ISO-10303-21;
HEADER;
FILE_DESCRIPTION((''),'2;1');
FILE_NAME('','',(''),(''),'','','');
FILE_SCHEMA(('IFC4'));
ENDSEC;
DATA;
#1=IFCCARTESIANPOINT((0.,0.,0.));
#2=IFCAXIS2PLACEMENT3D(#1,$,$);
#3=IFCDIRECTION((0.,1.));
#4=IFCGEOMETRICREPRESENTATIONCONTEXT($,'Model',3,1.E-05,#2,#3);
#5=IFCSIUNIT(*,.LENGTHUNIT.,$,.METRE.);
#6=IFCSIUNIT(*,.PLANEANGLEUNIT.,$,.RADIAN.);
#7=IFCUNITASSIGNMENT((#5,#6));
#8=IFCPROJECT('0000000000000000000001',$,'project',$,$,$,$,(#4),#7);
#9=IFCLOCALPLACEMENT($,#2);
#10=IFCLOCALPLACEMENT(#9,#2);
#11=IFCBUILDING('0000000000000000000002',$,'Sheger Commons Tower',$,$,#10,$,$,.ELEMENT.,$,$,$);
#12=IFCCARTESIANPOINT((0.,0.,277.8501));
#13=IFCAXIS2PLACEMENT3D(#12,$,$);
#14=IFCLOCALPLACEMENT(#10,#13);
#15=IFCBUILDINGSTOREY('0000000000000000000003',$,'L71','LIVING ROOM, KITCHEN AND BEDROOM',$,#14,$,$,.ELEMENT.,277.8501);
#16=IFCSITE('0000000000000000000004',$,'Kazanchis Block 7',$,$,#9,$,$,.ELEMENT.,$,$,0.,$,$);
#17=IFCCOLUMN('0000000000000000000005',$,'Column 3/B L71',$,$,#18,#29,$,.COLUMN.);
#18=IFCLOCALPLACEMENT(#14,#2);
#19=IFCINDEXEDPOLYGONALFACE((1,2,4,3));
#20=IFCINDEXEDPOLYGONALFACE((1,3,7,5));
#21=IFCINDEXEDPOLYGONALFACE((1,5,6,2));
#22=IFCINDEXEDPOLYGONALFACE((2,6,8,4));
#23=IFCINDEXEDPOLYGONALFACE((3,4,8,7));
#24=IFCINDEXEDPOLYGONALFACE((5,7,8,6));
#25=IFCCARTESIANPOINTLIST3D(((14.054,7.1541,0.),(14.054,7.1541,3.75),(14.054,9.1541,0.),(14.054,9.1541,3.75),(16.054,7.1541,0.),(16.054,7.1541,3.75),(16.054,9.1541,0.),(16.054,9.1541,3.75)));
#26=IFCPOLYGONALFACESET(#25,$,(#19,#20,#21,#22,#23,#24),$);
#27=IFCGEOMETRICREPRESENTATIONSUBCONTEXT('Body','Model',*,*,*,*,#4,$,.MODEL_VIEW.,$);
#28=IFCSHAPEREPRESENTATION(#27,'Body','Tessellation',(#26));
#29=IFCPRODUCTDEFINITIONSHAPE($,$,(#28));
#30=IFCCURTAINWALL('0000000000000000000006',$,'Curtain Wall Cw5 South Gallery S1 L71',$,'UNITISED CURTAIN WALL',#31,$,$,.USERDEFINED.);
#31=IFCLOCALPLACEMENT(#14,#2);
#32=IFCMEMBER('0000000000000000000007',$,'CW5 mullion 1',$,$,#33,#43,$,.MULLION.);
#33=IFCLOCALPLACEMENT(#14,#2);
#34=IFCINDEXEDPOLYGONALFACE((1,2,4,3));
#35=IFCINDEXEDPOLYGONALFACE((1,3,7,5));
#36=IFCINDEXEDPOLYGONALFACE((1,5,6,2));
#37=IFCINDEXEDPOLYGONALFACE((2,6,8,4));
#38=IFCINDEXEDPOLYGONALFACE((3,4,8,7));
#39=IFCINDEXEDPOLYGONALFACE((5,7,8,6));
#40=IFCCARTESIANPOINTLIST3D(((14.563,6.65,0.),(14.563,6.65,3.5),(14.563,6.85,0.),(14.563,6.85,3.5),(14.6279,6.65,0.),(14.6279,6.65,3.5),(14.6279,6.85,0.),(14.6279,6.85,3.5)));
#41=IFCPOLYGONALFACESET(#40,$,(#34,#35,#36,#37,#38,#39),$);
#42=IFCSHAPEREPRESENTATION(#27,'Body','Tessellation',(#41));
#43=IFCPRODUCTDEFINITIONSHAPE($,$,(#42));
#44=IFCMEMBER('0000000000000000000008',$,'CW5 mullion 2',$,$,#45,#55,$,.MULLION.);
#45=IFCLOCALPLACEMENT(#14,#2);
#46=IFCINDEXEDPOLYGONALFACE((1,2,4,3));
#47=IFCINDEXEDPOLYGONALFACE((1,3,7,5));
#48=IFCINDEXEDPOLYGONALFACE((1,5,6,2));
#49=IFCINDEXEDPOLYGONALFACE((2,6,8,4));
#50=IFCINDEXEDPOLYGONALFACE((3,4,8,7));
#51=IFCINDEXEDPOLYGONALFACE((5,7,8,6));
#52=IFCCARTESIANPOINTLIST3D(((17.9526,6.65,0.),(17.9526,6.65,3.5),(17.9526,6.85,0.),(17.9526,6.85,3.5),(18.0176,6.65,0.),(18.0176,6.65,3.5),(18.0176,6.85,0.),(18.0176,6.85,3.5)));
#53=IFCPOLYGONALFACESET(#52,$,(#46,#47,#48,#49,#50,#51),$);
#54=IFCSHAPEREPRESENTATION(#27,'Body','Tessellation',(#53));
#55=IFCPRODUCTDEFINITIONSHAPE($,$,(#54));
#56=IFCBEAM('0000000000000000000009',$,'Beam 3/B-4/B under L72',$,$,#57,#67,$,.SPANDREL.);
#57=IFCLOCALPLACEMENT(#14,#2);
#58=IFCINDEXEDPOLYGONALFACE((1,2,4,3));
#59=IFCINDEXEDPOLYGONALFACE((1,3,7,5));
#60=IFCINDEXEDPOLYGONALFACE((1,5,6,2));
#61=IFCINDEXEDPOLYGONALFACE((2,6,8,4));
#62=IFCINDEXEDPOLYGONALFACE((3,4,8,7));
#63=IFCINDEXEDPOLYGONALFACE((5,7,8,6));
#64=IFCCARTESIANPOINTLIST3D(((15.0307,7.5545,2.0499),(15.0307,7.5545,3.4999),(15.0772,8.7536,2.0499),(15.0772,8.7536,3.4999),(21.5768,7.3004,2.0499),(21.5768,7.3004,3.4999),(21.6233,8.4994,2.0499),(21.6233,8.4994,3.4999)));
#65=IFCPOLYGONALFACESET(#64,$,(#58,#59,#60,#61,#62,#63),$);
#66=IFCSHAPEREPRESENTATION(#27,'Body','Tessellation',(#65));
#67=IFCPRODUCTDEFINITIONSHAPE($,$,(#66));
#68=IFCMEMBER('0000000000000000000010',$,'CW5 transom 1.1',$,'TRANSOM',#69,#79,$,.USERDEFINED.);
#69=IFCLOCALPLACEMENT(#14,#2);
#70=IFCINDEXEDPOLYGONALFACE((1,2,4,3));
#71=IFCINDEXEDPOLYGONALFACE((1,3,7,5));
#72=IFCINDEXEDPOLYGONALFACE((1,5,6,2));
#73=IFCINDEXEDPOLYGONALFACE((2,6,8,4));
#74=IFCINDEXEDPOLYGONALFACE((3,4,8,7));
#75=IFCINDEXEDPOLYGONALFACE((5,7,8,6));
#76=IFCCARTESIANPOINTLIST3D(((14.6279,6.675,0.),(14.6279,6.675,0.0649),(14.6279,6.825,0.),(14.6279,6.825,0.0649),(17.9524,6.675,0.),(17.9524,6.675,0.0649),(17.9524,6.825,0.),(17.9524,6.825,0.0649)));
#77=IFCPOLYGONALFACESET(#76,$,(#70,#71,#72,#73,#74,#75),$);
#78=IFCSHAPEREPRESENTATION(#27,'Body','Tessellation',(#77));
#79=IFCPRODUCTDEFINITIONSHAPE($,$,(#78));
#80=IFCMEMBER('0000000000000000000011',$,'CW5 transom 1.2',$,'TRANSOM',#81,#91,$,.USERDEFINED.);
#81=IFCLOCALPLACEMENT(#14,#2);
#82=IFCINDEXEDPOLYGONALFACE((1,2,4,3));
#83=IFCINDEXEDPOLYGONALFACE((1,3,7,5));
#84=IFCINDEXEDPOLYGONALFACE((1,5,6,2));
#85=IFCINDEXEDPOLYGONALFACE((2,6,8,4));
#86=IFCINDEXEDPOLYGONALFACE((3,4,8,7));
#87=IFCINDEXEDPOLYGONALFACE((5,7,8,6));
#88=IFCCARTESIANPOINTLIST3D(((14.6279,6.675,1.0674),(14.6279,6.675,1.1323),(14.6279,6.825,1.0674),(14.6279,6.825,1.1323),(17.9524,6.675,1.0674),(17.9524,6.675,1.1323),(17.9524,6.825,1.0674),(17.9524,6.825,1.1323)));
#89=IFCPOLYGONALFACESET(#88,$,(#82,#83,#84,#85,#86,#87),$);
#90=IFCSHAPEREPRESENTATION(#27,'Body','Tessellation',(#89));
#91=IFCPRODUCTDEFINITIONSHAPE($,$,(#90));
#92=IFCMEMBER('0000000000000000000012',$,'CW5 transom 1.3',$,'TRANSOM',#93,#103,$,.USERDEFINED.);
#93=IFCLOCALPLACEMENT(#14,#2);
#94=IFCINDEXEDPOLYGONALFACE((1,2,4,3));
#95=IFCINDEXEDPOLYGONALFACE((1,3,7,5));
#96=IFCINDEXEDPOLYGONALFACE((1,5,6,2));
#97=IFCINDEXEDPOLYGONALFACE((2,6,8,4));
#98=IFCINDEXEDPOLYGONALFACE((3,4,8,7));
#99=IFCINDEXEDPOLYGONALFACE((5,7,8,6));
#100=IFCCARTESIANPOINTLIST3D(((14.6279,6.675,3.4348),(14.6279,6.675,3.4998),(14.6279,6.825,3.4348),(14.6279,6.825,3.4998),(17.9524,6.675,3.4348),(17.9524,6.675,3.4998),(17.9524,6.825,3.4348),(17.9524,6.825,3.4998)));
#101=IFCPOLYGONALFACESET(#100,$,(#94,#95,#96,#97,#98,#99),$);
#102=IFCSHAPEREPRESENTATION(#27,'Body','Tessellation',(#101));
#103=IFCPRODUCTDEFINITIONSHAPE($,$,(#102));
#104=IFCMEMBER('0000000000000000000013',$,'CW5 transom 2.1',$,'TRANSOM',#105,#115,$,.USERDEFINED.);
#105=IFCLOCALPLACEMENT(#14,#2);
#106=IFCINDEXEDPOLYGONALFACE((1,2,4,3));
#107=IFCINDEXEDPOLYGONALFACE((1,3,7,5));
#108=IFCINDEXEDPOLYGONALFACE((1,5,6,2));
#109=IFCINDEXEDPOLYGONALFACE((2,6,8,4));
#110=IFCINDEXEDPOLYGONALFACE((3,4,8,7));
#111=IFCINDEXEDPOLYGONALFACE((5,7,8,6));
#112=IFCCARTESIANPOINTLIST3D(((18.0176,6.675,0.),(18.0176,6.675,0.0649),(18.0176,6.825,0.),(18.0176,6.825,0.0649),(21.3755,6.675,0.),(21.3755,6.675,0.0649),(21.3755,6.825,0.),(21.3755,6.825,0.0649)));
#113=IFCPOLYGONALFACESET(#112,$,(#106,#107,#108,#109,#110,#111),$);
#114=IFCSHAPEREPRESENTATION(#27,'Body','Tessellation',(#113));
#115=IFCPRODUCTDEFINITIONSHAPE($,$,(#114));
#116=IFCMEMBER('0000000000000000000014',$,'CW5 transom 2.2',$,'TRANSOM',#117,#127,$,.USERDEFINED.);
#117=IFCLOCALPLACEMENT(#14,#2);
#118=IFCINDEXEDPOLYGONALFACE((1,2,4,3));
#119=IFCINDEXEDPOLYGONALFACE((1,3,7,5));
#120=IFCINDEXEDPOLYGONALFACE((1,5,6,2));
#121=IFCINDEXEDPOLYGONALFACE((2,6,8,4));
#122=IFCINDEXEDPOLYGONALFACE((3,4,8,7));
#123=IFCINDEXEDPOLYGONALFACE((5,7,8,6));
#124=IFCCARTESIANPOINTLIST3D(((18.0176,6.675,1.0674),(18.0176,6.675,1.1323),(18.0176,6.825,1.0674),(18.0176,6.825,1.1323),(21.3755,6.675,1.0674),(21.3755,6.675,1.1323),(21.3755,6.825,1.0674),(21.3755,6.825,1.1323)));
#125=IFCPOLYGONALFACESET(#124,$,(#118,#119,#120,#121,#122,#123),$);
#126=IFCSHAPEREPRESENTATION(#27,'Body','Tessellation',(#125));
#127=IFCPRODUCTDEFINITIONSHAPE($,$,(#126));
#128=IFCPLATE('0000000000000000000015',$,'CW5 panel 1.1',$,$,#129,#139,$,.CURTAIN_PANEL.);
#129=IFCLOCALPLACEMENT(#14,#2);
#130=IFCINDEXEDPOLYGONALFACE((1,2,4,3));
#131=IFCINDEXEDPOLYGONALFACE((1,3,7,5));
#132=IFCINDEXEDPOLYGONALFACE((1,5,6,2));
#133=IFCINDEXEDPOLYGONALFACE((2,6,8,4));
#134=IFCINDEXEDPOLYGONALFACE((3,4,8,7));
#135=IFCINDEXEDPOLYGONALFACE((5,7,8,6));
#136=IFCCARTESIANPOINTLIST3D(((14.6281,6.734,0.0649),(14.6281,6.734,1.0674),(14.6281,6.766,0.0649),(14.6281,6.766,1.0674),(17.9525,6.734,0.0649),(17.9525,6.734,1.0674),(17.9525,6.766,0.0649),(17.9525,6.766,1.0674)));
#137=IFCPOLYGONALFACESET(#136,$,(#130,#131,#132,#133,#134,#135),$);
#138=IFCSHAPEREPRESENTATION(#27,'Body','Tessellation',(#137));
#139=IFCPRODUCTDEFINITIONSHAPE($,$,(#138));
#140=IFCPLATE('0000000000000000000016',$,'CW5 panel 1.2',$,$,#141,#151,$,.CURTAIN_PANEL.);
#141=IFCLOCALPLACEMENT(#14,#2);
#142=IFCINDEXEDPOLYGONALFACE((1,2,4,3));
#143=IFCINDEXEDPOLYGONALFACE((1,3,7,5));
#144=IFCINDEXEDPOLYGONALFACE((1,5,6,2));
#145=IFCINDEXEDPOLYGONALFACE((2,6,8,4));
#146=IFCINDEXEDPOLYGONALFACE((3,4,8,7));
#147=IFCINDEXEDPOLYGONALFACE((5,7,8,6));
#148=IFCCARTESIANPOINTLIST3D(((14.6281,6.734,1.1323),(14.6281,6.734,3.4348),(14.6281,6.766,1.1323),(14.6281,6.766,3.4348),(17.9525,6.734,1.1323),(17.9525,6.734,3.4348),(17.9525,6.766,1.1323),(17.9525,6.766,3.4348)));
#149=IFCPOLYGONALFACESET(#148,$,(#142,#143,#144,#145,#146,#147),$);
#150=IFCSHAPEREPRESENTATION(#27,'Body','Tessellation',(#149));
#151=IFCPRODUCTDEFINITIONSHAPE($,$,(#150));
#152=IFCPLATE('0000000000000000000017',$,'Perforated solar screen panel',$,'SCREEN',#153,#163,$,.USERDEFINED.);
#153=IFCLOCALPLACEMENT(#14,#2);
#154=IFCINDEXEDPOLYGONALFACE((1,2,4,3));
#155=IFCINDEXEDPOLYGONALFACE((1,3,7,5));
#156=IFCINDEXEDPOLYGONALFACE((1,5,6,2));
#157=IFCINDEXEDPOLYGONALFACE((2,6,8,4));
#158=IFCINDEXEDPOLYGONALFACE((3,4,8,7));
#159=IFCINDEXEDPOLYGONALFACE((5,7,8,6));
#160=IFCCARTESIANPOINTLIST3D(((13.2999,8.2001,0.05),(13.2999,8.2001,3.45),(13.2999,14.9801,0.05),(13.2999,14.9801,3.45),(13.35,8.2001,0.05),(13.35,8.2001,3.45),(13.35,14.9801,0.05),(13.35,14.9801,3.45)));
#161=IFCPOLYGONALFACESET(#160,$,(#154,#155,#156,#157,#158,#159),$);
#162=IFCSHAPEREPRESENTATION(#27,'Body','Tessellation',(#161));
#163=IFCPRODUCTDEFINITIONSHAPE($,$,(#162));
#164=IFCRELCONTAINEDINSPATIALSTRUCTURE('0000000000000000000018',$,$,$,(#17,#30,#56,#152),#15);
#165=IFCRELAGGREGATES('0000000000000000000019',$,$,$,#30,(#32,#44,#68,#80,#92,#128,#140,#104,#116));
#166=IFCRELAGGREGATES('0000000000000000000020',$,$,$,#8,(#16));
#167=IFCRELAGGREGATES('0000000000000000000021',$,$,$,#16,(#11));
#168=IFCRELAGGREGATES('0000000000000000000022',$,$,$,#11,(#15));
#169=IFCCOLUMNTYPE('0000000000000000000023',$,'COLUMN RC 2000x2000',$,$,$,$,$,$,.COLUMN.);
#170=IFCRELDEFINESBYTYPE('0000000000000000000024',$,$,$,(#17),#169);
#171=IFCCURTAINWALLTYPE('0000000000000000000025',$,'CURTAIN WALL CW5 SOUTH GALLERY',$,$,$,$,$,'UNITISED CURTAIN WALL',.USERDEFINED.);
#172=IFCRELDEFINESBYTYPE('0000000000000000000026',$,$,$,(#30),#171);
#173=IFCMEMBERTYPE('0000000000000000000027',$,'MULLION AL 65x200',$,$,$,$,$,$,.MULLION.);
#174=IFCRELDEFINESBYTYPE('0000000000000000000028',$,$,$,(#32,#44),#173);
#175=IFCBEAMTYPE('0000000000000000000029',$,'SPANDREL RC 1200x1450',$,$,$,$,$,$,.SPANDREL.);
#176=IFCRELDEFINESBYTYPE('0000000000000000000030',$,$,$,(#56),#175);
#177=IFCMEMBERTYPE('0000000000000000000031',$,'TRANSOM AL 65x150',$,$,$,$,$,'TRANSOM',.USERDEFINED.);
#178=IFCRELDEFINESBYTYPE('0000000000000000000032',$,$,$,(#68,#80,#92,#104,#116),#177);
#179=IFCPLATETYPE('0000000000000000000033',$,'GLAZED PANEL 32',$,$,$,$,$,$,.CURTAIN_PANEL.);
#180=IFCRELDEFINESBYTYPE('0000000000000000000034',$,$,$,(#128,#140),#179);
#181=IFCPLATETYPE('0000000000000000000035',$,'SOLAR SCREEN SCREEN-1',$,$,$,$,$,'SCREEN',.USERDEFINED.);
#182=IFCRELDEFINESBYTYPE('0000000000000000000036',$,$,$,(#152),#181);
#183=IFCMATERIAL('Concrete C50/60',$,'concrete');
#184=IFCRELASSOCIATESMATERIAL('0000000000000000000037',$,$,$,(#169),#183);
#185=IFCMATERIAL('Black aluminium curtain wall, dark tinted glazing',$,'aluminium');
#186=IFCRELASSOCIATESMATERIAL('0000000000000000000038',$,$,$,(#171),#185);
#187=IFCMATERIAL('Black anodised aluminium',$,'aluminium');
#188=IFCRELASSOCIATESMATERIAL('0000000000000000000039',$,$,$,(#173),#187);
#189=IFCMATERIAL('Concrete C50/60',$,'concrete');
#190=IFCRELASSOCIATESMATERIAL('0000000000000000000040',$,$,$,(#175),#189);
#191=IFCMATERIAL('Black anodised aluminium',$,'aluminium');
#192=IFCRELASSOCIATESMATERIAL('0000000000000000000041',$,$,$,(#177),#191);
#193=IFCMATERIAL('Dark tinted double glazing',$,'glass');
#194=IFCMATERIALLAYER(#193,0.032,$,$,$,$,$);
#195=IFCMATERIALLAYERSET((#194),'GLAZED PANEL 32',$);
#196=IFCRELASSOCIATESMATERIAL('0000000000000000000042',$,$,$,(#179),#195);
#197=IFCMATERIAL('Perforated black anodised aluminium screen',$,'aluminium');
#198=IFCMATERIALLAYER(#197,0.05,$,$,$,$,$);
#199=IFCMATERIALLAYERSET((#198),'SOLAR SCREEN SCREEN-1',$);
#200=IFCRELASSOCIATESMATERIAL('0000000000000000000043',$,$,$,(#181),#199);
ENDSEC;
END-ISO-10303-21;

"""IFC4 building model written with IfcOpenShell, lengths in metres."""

from ifc_helpers import new_model, si_unit, direction, frame, origin, origin_2d, place, context, subcontext, project, spatial, rectangle, extrude, material, layer, layer_set, material_profile, profile_set, type_object, element, aggregate, save


model = new_model("IFC4")

# Units and contexts
model_context = context("Model", 3, precision=1e-05, world=origin(), true_north=direction((0.0, 1.0)))
body_context = subcontext(model_context, "Body", "Model", "MODEL_VIEW")
ifc_project = project(units=[si_unit("LENGTHUNIT", "METRE"), si_unit("PLANEANGLEUNIT", "RADIAN")], contexts=[model_context])

# Site, building, storey
site_placement = place(None, origin())
site = spatial("IfcSite", under=ifc_project, at=site_placement, Name="Kazanchis Block 7", CompositionType="ELEMENT", RefElevation=0.0)
building_placement = place(site_placement, origin())
building = spatial("IfcBuilding", under=site, at=building_placement, Name="Sheger Commons Tower", CompositionType="ELEMENT")
storey_placement = place(building_placement, frame((0.0, 0.0, 277.8501)))
storey = spatial("IfcBuildingStorey", under=building, at=storey_placement, Name="L71", Description="LIVING ROOM, KITCHEN AND BEDROOM", CompositionType="ELEMENT", Elevation=277.8501)

# Column
ifc_material_1 = material(Name="Concrete C50/60", Category="concrete")
ifc_material_profile_1 = material_profile(ifc_material_1, rectangle(XDim=2.0, YDim=2.0, at=origin_2d()), Name="RC 2000x2000")
ifc_profile_set_1 = profile_set([ifc_material_profile_1], Name="Concrete C50/60")
column_type = type_object("IfcColumnType", Name="COLUMN RC 2000x2000", PredefinedType="COLUMN", material=ifc_profile_set_1)
column_placement = place(storey_placement, frame((15.054, 8.1541, 0.0), z_axis=(0.0, 0.0, 1.0), x_axis=(1.0, 0.0, 0.0)))
element("IfcColumn", 1, at=column_placement, inside=storey, type_object=column_type, Name="Column 3/B L71", PredefinedType="COLUMN", context=body_context, shape_type="SweptSolid", body=[
    extrude(rectangle(XDim=2.0, YDim=2.0, at=origin_2d()), origin(), (0.0, 0.0, 1.0), 3.75),
])

# Curtain wall, members
ifc_material_2 = material(Name="Black aluminium curtain wall, dark tinted glazing", Category="aluminium")
curtain_wall_type = type_object("IfcCurtainWallType", Name="CURTAIN WALL CW5 SOUTH GALLERY", ElementType="UNITISED CURTAIN WALL", PredefinedType="USERDEFINED", material=ifc_material_2)
curtain_wall_placement = place(storey_placement, origin())
curtain_wall = element("IfcCurtainWall", 2, at=curtain_wall_placement, inside=storey, type_object=curtain_wall_type, Name="Curtain Wall Cw5 South Gallery S1 L71", ObjectType="UNITISED CURTAIN WALL", PredefinedType="USERDEFINED")
ifc_material_3 = material(Name="Black anodised aluminium", Category="aluminium")
ifc_material_profile_2 = material_profile(ifc_material_3, rectangle(XDim=0.2, YDim=0.0649, at=origin_2d()), Name="AL 65x200")
ifc_profile_set_2 = profile_set([ifc_material_profile_2], Name="Black anodised aluminium")
member_type_1 = type_object("IfcMemberType", Name="MULLION AL 65x200", PredefinedType="MULLION", material=ifc_profile_set_2)
member_1_placement = place(storey_placement, frame((14.5955, 6.75, 0.0), z_axis=(0.0, 0.0, 1.0), x_axis=(0.0, 1.0, 0.0)))
member_1 = element("IfcMember", 3, at=member_1_placement, type_object=member_type_1, Name="CW5 mullion 1", PredefinedType="MULLION", context=body_context, shape_type="SweptSolid", body=[
    extrude(rectangle(XDim=0.2, YDim=0.0649, at=origin_2d()), origin(), (0.0, 0.0, 1.0), 3.5),
])
member_2_placement = place(storey_placement, frame((17.9851, 6.75, 0.0), z_axis=(0.0, 0.0, 1.0), x_axis=(0.0, 1.0, 0.0)))
member_2 = element("IfcMember", 4, at=member_2_placement, type_object=member_type_1, Name="CW5 mullion 2", PredefinedType="MULLION", context=body_context, shape_type="SweptSolid", body=[
    extrude(rectangle(XDim=0.2, YDim=0.0649, at=origin_2d()), origin(), (0.0, 0.0, 1.0), 3.5),
])

# Beam
ifc_material_4 = material(Name="Concrete C50/60", Category="concrete")
ifc_material_profile_3 = material_profile(ifc_material_4, rectangle(XDim=1.2, YDim=1.45, at=origin_2d()), Name="RC 1200x1450")
ifc_profile_set_3 = profile_set([ifc_material_profile_3], Name="Concrete C50/60")
beam_type = type_object("IfcBeamType", Name="SPANDREL RC 1200x1450", PredefinedType="SPANDREL", material=ifc_profile_set_3)
beam_placement = place(storey_placement, frame((15.054, 8.1541, 2.7749), z_axis=(0.999247, -0.038795, 0.0), x_axis=(0.038795, 0.999247, 0.0)))
element("IfcBeam", 5, at=beam_placement, inside=storey, type_object=beam_type, Name="Beam 3/B-4/B under L72", PredefinedType="SPANDREL", context=body_context, shape_type="SweptSolid", body=[
    extrude(rectangle(XDim=1.2, YDim=1.45, at=origin_2d()), origin(), (0.0, 0.0, 1.0), 6.551),
])

# Members
ifc_material_5 = material(Name="Black anodised aluminium", Category="aluminium")
ifc_material_profile_4 = material_profile(ifc_material_5, rectangle(XDim=0.1499, YDim=0.0649, at=origin_2d()), Name="AL 65x150")
ifc_profile_set_4 = profile_set([ifc_material_profile_4], Name="Black anodised aluminium")
member_type_2 = type_object("IfcMemberType", Name="TRANSOM AL 65x150", ElementType="TRANSOM", PredefinedType="USERDEFINED", material=ifc_profile_set_4)
member_3_placement = place(storey_placement, frame((14.6279, 6.75, 0.0325), z_axis=(1.0, 0.0, 0.0), x_axis=(0.0, 1.0, 0.0)))
member_3 = element("IfcMember", 6, at=member_3_placement, type_object=member_type_2, Name="CW5 transom 1.1", ObjectType="TRANSOM", PredefinedType="USERDEFINED", context=body_context, shape_type="SweptSolid", body=[
    extrude(rectangle(XDim=0.1499, YDim=0.0649, at=origin_2d()), origin(), (0.0, 0.0, 1.0), 3.3245),
])
member_4_placement = place(storey_placement, frame((14.6279, 6.75, 1.0999), z_axis=(1.0, 0.0, 0.0), x_axis=(0.0, 1.0, 0.0)))
member_4 = element("IfcMember", 7, at=member_4_placement, type_object=member_type_2, Name="CW5 transom 1.2", ObjectType="TRANSOM", PredefinedType="USERDEFINED", context=body_context, shape_type="SweptSolid", body=[
    extrude(rectangle(XDim=0.1499, YDim=0.0649, at=origin_2d()), origin(), (0.0, 0.0, 1.0), 3.3245),
])
member_5_placement = place(storey_placement, frame((14.6279, 6.75, 3.4673), z_axis=(1.0, 0.0, 0.0), x_axis=(0.0, 1.0, 0.0)))
member_5 = element("IfcMember", 8, at=member_5_placement, type_object=member_type_2, Name="CW5 transom 1.3", ObjectType="TRANSOM", PredefinedType="USERDEFINED", context=body_context, shape_type="SweptSolid", body=[
    extrude(rectangle(XDim=0.1499, YDim=0.0649, at=origin_2d()), origin(), (0.0, 0.0, 1.0), 3.3245),
])
member_6_placement = place(storey_placement, frame((18.0176, 6.75, 0.0325), z_axis=(1.0, 0.0, 0.0), x_axis=(0.0, 1.0, 0.0)))
member_6 = element("IfcMember", 9, at=member_6_placement, type_object=member_type_2, Name="CW5 transom 2.1", ObjectType="TRANSOM", PredefinedType="USERDEFINED", context=body_context, shape_type="SweptSolid", body=[
    extrude(rectangle(XDim=0.1499, YDim=0.0649, at=origin_2d()), origin(), (0.0, 0.0, 1.0), 3.3579),
])
member_7_placement = place(storey_placement, frame((18.0176, 6.75, 1.0999), z_axis=(1.0, 0.0, 0.0), x_axis=(0.0, 1.0, 0.0)))
member_7 = element("IfcMember", 10, at=member_7_placement, type_object=member_type_2, Name="CW5 transom 2.2", ObjectType="TRANSOM", PredefinedType="USERDEFINED", context=body_context, shape_type="SweptSolid", body=[
    extrude(rectangle(XDim=0.1499, YDim=0.0649, at=origin_2d()), origin(), (0.0, 0.0, 1.0), 3.3579),
])

# Plates
ifc_material_6 = material(Name="Dark tinted double glazing", Category="glass")
ifc_layer_1 = layer(ifc_material_6, 0.032)
ifc_layer_set_1 = layer_set([ifc_layer_1], Name="GLAZED PANEL 32")
plate_type_1 = type_object("IfcPlateType", Name="GLAZED PANEL 32", PredefinedType="CURTAIN_PANEL", material=ifc_layer_set_1)
plate_1_placement = place(storey_placement, frame((16.2903, 6.75, 0.0649), z_axis=(0.0, 0.0, 1.0), x_axis=(1.0, 0.0, 0.0)))
plate_1 = element("IfcPlate", 11, at=plate_1_placement, type_object=plate_type_1, Name="CW5 panel 1.1", PredefinedType="CURTAIN_PANEL", context=body_context, shape_type="SweptSolid", body=[
    extrude(rectangle(XDim=3.3245, YDim=0.032, at=origin_2d()), origin(), (0.0, 0.0, 1.0), 1.0024),
])
plate_2_placement = place(storey_placement, frame((16.2903, 6.75, 1.1323), z_axis=(0.0, 0.0, 1.0), x_axis=(1.0, 0.0, 0.0)))
plate_2 = element("IfcPlate", 12, at=plate_2_placement, type_object=plate_type_1, Name="CW5 panel 1.2", PredefinedType="CURTAIN_PANEL", context=body_context, shape_type="SweptSolid", body=[
    extrude(rectangle(XDim=3.3245, YDim=0.032, at=origin_2d()), origin(), (0.0, 0.0, 1.0), 2.3025),
])
aggregate(curtain_wall, [member_1, member_2, member_3, member_4, member_5, plate_1, plate_2, member_6, member_7])
ifc_material_7 = material(Name="Perforated black anodised aluminium screen", Category="aluminium")
ifc_layer_2 = layer(ifc_material_7, 0.05)
ifc_layer_set_2 = layer_set([ifc_layer_2], Name="SOLAR SCREEN SCREEN-1")
plate_type_2 = type_object("IfcPlateType", Name="SOLAR SCREEN SCREEN-1", ElementType="SCREEN", PredefinedType="USERDEFINED", material=ifc_layer_set_2)
plate_3_placement = place(storey_placement, frame((13.325, 11.5901, 0.05), z_axis=(0.0, 0.0, 1.0), x_axis=(0.0, -1.0, 0.0)))
element("IfcPlate", 13, at=plate_3_placement, inside=storey, type_object=plate_type_2, Name="Perforated solar screen panel", ObjectType="SCREEN", PredefinedType="USERDEFINED", context=body_context, shape_type="SweptSolid", body=[
    extrude(rectangle(XDim=6.78, YDim=0.05, at=origin_2d()), origin(), (0.0, 0.0, 1.0), 3.3999),
])

save(model, "model.ifc")
